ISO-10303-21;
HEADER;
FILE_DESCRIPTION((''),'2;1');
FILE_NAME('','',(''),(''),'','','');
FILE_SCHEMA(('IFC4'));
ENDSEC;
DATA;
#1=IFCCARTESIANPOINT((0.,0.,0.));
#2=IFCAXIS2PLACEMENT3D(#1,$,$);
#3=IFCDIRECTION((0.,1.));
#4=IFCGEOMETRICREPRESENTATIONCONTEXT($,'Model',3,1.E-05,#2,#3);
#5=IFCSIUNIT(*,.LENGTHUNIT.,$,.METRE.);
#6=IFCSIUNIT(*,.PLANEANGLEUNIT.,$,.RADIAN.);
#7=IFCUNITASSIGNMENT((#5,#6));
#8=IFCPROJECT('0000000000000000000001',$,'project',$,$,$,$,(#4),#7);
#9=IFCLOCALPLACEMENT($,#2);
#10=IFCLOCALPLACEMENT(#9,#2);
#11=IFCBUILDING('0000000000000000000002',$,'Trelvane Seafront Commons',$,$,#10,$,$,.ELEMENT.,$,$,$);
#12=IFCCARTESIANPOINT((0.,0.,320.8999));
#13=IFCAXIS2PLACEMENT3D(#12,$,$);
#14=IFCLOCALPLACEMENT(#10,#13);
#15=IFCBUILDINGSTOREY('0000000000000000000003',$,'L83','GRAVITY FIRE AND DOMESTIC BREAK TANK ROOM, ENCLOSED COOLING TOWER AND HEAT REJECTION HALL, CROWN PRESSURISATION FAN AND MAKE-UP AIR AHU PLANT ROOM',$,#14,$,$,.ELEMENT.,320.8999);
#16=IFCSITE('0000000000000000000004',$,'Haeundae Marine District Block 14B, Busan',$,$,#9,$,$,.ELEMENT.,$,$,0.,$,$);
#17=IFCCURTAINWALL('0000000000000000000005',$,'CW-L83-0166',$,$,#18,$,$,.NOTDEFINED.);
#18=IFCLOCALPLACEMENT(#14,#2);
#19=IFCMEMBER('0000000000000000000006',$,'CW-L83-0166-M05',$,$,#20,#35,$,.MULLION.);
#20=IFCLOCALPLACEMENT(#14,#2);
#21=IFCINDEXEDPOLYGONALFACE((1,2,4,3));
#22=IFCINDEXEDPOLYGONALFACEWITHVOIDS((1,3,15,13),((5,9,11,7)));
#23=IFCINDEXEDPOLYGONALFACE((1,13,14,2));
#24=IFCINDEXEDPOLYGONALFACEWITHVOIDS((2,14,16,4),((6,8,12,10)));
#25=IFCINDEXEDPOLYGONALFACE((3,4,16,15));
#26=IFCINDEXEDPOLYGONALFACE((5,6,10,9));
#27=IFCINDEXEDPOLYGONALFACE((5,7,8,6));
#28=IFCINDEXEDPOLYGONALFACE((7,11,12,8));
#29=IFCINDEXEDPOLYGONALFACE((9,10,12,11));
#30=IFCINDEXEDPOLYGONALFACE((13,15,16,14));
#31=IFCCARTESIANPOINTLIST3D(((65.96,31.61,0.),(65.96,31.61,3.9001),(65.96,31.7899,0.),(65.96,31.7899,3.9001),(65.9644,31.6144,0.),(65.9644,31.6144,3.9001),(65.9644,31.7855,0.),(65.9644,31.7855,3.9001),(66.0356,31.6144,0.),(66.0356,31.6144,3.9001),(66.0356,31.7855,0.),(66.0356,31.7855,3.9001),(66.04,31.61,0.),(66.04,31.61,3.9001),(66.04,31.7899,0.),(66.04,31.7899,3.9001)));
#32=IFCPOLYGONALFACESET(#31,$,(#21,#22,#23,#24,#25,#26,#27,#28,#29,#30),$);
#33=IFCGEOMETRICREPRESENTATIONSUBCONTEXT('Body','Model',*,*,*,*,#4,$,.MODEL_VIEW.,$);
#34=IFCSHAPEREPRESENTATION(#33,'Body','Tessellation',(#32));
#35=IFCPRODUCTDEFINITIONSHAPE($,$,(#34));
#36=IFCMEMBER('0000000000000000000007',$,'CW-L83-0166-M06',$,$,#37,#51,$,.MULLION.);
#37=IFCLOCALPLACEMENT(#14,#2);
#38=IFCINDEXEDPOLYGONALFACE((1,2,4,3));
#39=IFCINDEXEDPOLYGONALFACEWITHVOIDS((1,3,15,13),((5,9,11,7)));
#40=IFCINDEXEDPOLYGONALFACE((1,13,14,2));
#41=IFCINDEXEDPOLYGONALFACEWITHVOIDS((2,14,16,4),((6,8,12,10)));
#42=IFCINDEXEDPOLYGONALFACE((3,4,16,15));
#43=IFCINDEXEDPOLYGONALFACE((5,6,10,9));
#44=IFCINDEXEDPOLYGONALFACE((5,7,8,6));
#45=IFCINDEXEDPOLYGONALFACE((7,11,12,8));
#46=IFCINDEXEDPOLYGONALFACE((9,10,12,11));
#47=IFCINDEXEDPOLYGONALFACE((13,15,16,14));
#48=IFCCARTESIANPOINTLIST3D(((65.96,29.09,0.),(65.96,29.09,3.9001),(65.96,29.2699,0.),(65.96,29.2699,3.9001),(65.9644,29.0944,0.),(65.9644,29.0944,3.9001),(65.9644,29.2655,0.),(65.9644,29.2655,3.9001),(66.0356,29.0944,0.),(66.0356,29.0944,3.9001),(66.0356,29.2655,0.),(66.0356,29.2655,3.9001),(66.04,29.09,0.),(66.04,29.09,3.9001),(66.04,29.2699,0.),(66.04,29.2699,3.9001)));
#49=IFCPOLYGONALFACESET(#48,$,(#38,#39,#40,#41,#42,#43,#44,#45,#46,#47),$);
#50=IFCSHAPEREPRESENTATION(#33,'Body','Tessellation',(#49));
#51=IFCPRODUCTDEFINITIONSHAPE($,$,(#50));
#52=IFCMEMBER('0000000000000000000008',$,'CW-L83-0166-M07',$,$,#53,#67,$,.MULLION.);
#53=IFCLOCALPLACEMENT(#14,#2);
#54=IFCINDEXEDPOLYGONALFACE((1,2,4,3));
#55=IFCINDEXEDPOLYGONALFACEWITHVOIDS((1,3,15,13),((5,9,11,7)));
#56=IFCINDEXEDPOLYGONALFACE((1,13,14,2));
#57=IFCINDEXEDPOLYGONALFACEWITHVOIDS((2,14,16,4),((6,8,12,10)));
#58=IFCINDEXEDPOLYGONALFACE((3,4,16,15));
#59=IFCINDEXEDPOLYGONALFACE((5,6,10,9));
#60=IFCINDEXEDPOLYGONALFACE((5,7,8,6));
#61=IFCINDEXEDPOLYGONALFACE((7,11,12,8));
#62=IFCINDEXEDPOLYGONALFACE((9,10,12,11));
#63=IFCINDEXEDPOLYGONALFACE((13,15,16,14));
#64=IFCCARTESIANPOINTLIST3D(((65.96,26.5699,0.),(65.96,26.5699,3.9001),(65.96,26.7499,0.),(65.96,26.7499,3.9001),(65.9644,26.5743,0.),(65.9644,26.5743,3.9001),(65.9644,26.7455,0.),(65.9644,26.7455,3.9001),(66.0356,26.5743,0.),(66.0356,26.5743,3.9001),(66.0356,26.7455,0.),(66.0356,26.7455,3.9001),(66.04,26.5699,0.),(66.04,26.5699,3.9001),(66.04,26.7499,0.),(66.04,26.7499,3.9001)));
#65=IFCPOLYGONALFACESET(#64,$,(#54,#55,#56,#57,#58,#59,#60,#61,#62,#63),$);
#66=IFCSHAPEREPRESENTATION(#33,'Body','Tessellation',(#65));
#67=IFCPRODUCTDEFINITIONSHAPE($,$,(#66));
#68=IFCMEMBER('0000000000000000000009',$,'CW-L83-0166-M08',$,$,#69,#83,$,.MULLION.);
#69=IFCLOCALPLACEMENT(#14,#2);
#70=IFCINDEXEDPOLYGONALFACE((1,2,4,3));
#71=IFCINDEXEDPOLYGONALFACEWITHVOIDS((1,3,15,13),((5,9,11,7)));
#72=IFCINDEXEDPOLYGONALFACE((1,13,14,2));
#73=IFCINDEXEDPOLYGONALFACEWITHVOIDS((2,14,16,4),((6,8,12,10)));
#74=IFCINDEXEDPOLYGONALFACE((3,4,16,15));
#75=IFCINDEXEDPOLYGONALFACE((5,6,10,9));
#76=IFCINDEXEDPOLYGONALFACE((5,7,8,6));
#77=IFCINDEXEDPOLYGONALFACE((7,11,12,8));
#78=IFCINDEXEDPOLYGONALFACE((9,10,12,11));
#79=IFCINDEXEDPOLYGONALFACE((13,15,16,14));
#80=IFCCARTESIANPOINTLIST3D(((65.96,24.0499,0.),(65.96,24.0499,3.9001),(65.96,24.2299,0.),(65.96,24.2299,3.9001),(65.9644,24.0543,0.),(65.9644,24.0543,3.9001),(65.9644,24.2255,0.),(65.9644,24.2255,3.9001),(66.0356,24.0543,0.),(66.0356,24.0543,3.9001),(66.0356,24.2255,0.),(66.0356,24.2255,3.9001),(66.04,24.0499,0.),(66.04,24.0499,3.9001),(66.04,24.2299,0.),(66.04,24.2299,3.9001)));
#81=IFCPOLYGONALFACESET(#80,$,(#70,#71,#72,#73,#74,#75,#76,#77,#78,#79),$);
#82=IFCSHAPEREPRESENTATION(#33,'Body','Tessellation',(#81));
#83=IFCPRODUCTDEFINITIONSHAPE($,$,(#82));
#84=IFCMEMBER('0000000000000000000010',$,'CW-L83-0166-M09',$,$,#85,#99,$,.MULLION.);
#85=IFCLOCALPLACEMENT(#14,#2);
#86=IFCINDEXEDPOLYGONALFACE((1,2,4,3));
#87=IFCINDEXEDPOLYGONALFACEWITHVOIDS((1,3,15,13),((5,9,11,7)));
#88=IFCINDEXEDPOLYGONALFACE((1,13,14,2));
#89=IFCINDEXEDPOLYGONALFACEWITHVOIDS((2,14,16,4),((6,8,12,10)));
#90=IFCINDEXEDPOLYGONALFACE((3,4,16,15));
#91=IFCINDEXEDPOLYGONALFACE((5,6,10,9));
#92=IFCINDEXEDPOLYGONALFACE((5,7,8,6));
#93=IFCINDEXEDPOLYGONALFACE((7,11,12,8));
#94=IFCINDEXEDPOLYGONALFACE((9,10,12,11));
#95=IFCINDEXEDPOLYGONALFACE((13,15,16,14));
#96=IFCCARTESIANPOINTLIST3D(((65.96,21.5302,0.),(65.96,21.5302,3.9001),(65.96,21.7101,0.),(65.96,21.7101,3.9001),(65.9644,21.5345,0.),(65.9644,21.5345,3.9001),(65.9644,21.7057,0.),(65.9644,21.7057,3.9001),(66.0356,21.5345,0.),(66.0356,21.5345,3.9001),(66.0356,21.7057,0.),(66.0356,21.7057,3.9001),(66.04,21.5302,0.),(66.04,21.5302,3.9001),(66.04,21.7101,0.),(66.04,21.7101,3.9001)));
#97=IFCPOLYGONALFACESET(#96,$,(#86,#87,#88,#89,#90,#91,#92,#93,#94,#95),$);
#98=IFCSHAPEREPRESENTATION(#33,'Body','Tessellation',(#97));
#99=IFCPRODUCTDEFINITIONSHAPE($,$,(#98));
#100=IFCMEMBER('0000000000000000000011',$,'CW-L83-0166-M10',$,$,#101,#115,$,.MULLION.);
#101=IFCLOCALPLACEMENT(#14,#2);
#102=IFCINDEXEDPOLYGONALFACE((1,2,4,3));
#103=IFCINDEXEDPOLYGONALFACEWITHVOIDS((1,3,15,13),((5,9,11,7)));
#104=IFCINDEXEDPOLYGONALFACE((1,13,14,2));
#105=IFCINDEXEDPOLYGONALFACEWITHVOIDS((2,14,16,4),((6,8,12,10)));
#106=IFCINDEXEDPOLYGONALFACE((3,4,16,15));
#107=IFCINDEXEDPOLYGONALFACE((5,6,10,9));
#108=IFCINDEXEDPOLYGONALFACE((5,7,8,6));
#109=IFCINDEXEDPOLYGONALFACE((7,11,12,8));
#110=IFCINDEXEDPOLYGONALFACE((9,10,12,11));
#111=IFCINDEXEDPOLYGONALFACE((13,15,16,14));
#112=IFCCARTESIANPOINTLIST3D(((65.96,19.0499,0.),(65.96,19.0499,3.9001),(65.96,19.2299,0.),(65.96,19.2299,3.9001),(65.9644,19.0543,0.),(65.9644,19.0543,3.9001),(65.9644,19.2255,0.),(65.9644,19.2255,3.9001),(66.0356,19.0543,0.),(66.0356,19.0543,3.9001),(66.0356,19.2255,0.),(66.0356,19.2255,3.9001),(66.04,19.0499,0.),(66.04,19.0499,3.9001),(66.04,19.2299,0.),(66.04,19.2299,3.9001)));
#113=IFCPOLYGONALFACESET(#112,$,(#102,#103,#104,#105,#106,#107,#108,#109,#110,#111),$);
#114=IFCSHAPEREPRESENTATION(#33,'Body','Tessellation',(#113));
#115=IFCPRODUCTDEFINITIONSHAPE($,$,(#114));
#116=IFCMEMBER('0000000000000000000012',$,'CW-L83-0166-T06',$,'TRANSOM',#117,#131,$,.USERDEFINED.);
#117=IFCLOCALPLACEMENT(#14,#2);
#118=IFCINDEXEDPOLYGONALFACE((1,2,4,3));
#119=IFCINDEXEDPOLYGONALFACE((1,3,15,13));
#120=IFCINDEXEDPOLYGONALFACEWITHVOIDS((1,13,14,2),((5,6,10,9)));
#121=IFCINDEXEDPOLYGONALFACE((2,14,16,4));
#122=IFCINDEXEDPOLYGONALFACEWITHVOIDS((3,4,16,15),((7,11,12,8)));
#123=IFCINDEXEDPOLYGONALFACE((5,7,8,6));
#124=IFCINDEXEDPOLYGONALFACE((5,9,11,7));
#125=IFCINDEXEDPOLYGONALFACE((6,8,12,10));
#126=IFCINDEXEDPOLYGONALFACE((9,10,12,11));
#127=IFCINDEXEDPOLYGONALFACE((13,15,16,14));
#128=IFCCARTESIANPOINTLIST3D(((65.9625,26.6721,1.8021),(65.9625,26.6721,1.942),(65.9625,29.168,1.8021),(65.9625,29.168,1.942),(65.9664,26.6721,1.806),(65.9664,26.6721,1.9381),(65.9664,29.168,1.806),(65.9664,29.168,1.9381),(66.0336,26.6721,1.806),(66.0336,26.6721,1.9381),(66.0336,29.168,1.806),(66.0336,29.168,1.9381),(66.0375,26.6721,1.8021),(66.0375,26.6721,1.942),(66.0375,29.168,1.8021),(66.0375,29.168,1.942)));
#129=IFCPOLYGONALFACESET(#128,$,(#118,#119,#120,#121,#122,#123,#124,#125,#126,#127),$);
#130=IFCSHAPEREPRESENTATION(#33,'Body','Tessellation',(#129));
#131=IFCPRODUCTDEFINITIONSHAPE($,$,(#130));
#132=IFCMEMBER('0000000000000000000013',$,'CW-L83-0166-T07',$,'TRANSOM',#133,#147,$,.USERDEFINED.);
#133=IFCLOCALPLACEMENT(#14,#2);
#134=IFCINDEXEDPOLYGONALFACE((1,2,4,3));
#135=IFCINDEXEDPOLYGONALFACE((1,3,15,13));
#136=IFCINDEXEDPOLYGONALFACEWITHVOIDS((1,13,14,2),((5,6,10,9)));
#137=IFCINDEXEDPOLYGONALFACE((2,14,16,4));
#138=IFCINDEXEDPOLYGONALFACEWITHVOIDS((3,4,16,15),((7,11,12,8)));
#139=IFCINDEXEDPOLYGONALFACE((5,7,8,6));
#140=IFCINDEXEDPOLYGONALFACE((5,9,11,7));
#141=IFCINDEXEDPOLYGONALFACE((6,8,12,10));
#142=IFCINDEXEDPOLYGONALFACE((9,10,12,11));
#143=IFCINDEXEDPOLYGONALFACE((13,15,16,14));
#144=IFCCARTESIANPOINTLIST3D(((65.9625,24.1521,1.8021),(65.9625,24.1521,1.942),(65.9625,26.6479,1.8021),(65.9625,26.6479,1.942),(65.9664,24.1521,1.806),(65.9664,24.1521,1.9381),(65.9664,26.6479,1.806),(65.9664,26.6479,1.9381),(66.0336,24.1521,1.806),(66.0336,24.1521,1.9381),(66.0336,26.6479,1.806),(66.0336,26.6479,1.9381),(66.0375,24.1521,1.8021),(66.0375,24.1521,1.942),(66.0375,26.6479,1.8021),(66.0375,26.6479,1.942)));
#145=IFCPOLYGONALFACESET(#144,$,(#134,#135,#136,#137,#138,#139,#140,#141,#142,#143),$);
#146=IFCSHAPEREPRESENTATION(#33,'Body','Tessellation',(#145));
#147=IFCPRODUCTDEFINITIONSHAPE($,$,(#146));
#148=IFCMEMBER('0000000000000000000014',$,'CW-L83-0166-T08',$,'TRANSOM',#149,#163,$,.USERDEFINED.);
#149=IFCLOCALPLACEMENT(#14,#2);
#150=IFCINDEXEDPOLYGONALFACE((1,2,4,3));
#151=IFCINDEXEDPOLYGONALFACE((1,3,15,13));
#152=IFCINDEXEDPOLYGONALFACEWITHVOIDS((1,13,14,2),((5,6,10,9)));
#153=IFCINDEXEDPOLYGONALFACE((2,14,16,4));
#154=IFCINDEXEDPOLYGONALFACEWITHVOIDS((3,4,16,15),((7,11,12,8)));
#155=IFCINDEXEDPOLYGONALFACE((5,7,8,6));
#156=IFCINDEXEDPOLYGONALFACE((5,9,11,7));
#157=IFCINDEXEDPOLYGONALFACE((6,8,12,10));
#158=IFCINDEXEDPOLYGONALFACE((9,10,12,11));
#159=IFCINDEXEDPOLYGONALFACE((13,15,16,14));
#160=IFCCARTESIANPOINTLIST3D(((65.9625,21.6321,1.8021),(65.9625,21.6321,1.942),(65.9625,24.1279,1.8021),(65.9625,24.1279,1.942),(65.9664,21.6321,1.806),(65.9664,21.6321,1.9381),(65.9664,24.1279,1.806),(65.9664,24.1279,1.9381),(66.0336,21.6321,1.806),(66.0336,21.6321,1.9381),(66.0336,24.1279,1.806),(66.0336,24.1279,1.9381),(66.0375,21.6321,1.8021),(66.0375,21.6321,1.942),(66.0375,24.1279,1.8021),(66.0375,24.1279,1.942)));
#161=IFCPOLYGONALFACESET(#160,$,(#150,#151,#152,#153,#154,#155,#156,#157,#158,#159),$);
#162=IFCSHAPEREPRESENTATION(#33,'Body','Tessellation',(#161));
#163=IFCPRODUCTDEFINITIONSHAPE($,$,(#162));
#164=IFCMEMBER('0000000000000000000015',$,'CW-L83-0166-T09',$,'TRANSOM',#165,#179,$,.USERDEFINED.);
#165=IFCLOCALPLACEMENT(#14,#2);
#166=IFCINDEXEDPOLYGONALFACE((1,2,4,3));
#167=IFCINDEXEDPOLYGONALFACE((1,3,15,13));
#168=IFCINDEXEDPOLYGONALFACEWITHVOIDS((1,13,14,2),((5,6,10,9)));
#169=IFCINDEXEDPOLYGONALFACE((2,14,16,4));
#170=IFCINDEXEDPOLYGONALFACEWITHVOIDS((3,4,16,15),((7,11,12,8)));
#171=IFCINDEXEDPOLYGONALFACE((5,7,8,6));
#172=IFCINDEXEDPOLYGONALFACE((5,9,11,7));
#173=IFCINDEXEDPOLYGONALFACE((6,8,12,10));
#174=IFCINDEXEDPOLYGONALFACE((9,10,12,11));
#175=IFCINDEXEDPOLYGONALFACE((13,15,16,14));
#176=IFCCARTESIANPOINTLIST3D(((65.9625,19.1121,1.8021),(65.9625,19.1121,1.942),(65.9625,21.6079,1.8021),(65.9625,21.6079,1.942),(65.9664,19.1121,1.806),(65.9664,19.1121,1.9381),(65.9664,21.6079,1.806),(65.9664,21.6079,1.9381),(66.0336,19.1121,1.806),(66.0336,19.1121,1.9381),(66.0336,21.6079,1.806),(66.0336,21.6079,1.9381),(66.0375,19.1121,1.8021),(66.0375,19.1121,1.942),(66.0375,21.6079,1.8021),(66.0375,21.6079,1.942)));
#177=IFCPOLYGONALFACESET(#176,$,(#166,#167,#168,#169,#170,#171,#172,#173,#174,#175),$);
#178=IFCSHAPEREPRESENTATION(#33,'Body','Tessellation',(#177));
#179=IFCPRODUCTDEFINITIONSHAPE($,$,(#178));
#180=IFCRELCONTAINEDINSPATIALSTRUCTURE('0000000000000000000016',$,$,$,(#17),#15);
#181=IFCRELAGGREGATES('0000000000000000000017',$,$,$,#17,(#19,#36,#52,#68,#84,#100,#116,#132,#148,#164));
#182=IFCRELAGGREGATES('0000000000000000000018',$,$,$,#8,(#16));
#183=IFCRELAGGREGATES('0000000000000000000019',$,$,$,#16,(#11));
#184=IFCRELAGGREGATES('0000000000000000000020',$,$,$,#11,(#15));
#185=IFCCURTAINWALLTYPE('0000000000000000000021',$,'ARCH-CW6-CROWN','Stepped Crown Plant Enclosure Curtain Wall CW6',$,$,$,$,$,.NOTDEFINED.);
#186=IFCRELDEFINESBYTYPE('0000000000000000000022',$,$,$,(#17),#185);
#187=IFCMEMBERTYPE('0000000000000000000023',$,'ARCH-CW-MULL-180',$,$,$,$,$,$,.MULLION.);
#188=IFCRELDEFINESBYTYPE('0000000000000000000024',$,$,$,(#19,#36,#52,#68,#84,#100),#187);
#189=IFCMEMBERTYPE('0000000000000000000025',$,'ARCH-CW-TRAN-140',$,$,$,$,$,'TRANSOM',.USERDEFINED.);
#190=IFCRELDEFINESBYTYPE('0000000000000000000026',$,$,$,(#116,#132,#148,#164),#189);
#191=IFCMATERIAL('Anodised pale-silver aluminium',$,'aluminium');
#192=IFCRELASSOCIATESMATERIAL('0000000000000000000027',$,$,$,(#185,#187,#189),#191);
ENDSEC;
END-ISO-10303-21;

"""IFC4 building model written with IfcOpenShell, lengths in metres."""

from ifc_helpers import new_model, si_unit, direction, frame, origin, origin_2d, place, context, subcontext, project, spatial, hollow_rectangle, extrude, source, transform, mapped, material, material_profile, profile_set, type_object, element, aggregate, save


model = new_model("IFC4")

# Units and contexts
model_context = context("Model", 3, precision=1e-05, world=origin(), true_north=direction((0.0, 1.0)))
body_context = subcontext(model_context, "Body", "Model", "MODEL_VIEW")
ifc_project = project(units=[si_unit("LENGTHUNIT", "METRE"), si_unit("PLANEANGLEUNIT", "RADIAN")], contexts=[model_context])

# Site, building, storey
site_placement = place(None, origin())
site = spatial("IfcSite", under=ifc_project, at=site_placement, Name="Haeundae Marine District Block 14B, Busan", CompositionType="ELEMENT", RefElevation=0.0)
building_placement = place(site_placement, origin())
building = spatial("IfcBuilding", under=site, at=building_placement, Name="Trelvane Seafront Commons", CompositionType="ELEMENT")
storey_placement = place(building_placement, frame((0.0, 0.0, 320.8999)))
storey = spatial("IfcBuildingStorey", under=building, at=storey_placement, Name="L83", Description="GRAVITY FIRE AND DOMESTIC BREAK TANK ROOM, ENCLOSED COOLING TOWER AND HEAT REJECTION HALL, CROWN PRESSURISATION FAN AND MAKE-UP AIR AHU PLANT ROOM", CompositionType="ELEMENT", Elevation=320.8999)

# Curtain wall, members
ifc_material_1 = material(Name="Anodised pale-silver aluminium", Category="aluminium")
curtain_wall_type = type_object("IfcCurtainWallType", Name="ARCH-CW6-CROWN", Description="Stepped Crown Plant Enclosure Curtain Wall CW6", PredefinedType="NOTDEFINED", material=ifc_material_1)
curtain_wall_placement = place(storey_placement, origin())
curtain_wall = element("IfcCurtainWall", 1, at=curtain_wall_placement, inside=storey, type_object=curtain_wall_type, Name="CW-L83-0166", PredefinedType="NOTDEFINED")
ifc_material_profile_1 = material_profile(ifc_material_1, hollow_rectangle(XDim=0.0801, YDim=0.1799, WallThickness=0.0044, at=origin_2d()), Name="MULL-80x180x4.5")
ifc_profile_set_1 = profile_set([ifc_material_profile_1], Name="Anodised pale-silver aluminium")
member_type_1 = type_object("IfcMemberType", Name="ARCH-CW-MULL-180", PredefinedType="MULLION", material=ifc_profile_set_1)
shared_shape_1 = source(origin(), body_context, "Body", "SweptSolid", [
    extrude(hollow_rectangle(XDim=0.0801, YDim=0.1799, WallThickness=0.0044, at=origin_2d()), origin(), (0.0, 0.0, 1.0), 3.9001),
])
member_1_placement = place(storey_placement, frame((66.0, 31.7, 0.0), z_axis=(0.0, 0.0, 1.0), x_axis=(1.0, 0.0, 0.0)))
member_1 = element("IfcMember", 2, at=member_1_placement, type_object=member_type_1, Name="CW-L83-0166-M05", PredefinedType="MULLION", context=body_context, shape_type="MappedRepresentation", body=[
    mapped(shared_shape_1, transform((0.0, 0.0, 0.0), x_axis=(1.0, 0.0, 0.0), y_axis=(0.0, 1.0, 0.0), z_axis=(0.0, 0.0, 1.0), scale=1.0)),
])
member_2_placement = place(storey_placement, frame((66.0, 29.1799, 0.0), z_axis=(0.0, 0.0, 1.0), x_axis=(1.0, 0.0, 0.0)))
member_2 = element("IfcMember", 3, at=member_2_placement, type_object=member_type_1, Name="CW-L83-0166-M06", PredefinedType="MULLION", context=body_context, shape_type="MappedRepresentation", body=[
    mapped(shared_shape_1, transform((0.0, 0.0, 0.0), x_axis=(1.0, 0.0, 0.0), y_axis=(0.0, 1.0, 0.0), z_axis=(0.0, 0.0, 1.0), scale=1.0)),
])
member_3_placement = place(storey_placement, frame((66.0, 26.6599, 0.0), z_axis=(0.0, 0.0, 1.0), x_axis=(1.0, 0.0, 0.0)))
member_3 = element("IfcMember", 4, at=member_3_placement, type_object=member_type_1, Name="CW-L83-0166-M07", PredefinedType="MULLION", context=body_context, shape_type="MappedRepresentation", body=[
    mapped(shared_shape_1, transform((0.0, 0.0, 0.0), x_axis=(1.0, 0.0, 0.0), y_axis=(0.0, 1.0, 0.0), z_axis=(0.0, 0.0, 1.0), scale=1.0)),
])
member_4_placement = place(storey_placement, frame((66.0, 24.1399, 0.0), z_axis=(0.0, 0.0, 1.0), x_axis=(1.0, 0.0, 0.0)))
member_4 = element("IfcMember", 5, at=member_4_placement, type_object=member_type_1, Name="CW-L83-0166-M08", PredefinedType="MULLION", context=body_context, shape_type="MappedRepresentation", body=[
    mapped(shared_shape_1, transform((0.0, 0.0, 0.0), x_axis=(1.0, 0.0, 0.0), y_axis=(0.0, 1.0, 0.0), z_axis=(0.0, 0.0, 1.0), scale=1.0)),
])
member_5_placement = place(storey_placement, frame((66.0, 21.6201, 0.0), z_axis=(0.0, 0.0, 1.0), x_axis=(1.0, 0.0, 0.0)))
member_5 = element("IfcMember", 6, at=member_5_placement, type_object=member_type_1, Name="CW-L83-0166-M09", PredefinedType="MULLION", context=body_context, shape_type="MappedRepresentation", body=[
    mapped(shared_shape_1, transform((0.0, 0.0, 0.0), x_axis=(1.0, 0.0, 0.0), y_axis=(0.0, 1.0, 0.0), z_axis=(0.0, 0.0, 1.0), scale=1.0)),
])
member_6_placement = place(storey_placement, frame((66.0, 19.1399, 0.0), z_axis=(0.0, 0.0, 1.0), x_axis=(1.0, 0.0, 0.0)))
member_6 = element("IfcMember", 7, at=member_6_placement, type_object=member_type_1, Name="CW-L83-0166-M10", PredefinedType="MULLION", context=body_context, shape_type="MappedRepresentation", body=[
    mapped(shared_shape_1, transform((0.0, 0.0, 0.0), x_axis=(1.0, 0.0, 0.0), y_axis=(0.0, 1.0, 0.0), z_axis=(0.0, 0.0, 1.0), scale=1.0)),
])
ifc_material_profile_2 = material_profile(ifc_material_1, hollow_rectangle(XDim=0.075, YDim=0.1399, WallThickness=0.0039, at=origin_2d()), Name="TRAN-75x140x4")
ifc_profile_set_2 = profile_set([ifc_material_profile_2], Name="Anodised pale-silver aluminium")
member_type_2 = type_object("IfcMemberType", Name="ARCH-CW-TRAN-140", ElementType="TRANSOM", PredefinedType="USERDEFINED", material=ifc_profile_set_2)
shared_shape_2 = source(origin(), body_context, "Body", "SweptSolid", [
    extrude(hollow_rectangle(XDim=0.075, YDim=0.1399, WallThickness=0.0039, at=origin_2d()), origin(), (0.0, 0.0, 1.0), 2.4958),
])
member_7_placement = place(storey_placement, frame((66.0, 29.168, 1.8721), z_axis=(0.0, -1.0, 0.0), x_axis=(1.0, 0.0, 0.0)))
member_7 = element("IfcMember", 8, at=member_7_placement, type_object=member_type_2, Name="CW-L83-0166-T06", ObjectType="TRANSOM", PredefinedType="USERDEFINED", context=body_context, shape_type="MappedRepresentation", body=[
    mapped(shared_shape_2, transform((0.0, 0.0, 0.0), x_axis=(1.0, 0.0, 0.0), y_axis=(0.0, 1.0, 0.0), z_axis=(0.0, 0.0, 1.0), scale=1.0)),
])
member_8_placement = place(storey_placement, frame((66.0, 26.6479, 1.8721), z_axis=(0.0, -1.0, 0.0), x_axis=(1.0, 0.0, 0.0)))
member_8 = element("IfcMember", 9, at=member_8_placement, type_object=member_type_2, Name="CW-L83-0166-T07", ObjectType="TRANSOM", PredefinedType="USERDEFINED", context=body_context, shape_type="MappedRepresentation", body=[
    mapped(shared_shape_2, transform((0.0, 0.0, 0.0), x_axis=(1.0, 0.0, 0.0), y_axis=(0.0, 1.0, 0.0), z_axis=(0.0, 0.0, 1.0), scale=1.0)),
])
member_9_placement = place(storey_placement, frame((66.0, 24.1279, 1.8721), z_axis=(0.0, -1.0, 0.0), x_axis=(1.0, 0.0, 0.0)))
member_9 = element("IfcMember", 10, at=member_9_placement, type_object=member_type_2, Name="CW-L83-0166-T08", ObjectType="TRANSOM", PredefinedType="USERDEFINED", context=body_context, shape_type="MappedRepresentation", body=[
    mapped(shared_shape_2, transform((0.0, 0.0, 0.0), x_axis=(1.0, 0.0, 0.0), y_axis=(0.0, 1.0, 0.0), z_axis=(0.0, 0.0, 1.0), scale=1.0)),
])
member_10_placement = place(storey_placement, frame((66.0, 21.6079, 1.8721), z_axis=(0.0, -1.0, 0.0), x_axis=(1.0, 0.0, 0.0)))
member_10 = element("IfcMember", 11, at=member_10_placement, type_object=member_type_2, Name="CW-L83-0166-T09", ObjectType="TRANSOM", PredefinedType="USERDEFINED", context=body_context, shape_type="MappedRepresentation", body=[
    mapped(shared_shape_2, transform((0.0, 0.0, 0.0), x_axis=(1.0, 0.0, 0.0), y_axis=(0.0, 1.0, 0.0), z_axis=(0.0, 0.0, 1.0), scale=1.0)),
])
aggregate(curtain_wall, [member_1, member_2, member_3, member_4, member_5, member_6, member_7, member_8, member_9, member_10])

save(model, "model.ifc")
